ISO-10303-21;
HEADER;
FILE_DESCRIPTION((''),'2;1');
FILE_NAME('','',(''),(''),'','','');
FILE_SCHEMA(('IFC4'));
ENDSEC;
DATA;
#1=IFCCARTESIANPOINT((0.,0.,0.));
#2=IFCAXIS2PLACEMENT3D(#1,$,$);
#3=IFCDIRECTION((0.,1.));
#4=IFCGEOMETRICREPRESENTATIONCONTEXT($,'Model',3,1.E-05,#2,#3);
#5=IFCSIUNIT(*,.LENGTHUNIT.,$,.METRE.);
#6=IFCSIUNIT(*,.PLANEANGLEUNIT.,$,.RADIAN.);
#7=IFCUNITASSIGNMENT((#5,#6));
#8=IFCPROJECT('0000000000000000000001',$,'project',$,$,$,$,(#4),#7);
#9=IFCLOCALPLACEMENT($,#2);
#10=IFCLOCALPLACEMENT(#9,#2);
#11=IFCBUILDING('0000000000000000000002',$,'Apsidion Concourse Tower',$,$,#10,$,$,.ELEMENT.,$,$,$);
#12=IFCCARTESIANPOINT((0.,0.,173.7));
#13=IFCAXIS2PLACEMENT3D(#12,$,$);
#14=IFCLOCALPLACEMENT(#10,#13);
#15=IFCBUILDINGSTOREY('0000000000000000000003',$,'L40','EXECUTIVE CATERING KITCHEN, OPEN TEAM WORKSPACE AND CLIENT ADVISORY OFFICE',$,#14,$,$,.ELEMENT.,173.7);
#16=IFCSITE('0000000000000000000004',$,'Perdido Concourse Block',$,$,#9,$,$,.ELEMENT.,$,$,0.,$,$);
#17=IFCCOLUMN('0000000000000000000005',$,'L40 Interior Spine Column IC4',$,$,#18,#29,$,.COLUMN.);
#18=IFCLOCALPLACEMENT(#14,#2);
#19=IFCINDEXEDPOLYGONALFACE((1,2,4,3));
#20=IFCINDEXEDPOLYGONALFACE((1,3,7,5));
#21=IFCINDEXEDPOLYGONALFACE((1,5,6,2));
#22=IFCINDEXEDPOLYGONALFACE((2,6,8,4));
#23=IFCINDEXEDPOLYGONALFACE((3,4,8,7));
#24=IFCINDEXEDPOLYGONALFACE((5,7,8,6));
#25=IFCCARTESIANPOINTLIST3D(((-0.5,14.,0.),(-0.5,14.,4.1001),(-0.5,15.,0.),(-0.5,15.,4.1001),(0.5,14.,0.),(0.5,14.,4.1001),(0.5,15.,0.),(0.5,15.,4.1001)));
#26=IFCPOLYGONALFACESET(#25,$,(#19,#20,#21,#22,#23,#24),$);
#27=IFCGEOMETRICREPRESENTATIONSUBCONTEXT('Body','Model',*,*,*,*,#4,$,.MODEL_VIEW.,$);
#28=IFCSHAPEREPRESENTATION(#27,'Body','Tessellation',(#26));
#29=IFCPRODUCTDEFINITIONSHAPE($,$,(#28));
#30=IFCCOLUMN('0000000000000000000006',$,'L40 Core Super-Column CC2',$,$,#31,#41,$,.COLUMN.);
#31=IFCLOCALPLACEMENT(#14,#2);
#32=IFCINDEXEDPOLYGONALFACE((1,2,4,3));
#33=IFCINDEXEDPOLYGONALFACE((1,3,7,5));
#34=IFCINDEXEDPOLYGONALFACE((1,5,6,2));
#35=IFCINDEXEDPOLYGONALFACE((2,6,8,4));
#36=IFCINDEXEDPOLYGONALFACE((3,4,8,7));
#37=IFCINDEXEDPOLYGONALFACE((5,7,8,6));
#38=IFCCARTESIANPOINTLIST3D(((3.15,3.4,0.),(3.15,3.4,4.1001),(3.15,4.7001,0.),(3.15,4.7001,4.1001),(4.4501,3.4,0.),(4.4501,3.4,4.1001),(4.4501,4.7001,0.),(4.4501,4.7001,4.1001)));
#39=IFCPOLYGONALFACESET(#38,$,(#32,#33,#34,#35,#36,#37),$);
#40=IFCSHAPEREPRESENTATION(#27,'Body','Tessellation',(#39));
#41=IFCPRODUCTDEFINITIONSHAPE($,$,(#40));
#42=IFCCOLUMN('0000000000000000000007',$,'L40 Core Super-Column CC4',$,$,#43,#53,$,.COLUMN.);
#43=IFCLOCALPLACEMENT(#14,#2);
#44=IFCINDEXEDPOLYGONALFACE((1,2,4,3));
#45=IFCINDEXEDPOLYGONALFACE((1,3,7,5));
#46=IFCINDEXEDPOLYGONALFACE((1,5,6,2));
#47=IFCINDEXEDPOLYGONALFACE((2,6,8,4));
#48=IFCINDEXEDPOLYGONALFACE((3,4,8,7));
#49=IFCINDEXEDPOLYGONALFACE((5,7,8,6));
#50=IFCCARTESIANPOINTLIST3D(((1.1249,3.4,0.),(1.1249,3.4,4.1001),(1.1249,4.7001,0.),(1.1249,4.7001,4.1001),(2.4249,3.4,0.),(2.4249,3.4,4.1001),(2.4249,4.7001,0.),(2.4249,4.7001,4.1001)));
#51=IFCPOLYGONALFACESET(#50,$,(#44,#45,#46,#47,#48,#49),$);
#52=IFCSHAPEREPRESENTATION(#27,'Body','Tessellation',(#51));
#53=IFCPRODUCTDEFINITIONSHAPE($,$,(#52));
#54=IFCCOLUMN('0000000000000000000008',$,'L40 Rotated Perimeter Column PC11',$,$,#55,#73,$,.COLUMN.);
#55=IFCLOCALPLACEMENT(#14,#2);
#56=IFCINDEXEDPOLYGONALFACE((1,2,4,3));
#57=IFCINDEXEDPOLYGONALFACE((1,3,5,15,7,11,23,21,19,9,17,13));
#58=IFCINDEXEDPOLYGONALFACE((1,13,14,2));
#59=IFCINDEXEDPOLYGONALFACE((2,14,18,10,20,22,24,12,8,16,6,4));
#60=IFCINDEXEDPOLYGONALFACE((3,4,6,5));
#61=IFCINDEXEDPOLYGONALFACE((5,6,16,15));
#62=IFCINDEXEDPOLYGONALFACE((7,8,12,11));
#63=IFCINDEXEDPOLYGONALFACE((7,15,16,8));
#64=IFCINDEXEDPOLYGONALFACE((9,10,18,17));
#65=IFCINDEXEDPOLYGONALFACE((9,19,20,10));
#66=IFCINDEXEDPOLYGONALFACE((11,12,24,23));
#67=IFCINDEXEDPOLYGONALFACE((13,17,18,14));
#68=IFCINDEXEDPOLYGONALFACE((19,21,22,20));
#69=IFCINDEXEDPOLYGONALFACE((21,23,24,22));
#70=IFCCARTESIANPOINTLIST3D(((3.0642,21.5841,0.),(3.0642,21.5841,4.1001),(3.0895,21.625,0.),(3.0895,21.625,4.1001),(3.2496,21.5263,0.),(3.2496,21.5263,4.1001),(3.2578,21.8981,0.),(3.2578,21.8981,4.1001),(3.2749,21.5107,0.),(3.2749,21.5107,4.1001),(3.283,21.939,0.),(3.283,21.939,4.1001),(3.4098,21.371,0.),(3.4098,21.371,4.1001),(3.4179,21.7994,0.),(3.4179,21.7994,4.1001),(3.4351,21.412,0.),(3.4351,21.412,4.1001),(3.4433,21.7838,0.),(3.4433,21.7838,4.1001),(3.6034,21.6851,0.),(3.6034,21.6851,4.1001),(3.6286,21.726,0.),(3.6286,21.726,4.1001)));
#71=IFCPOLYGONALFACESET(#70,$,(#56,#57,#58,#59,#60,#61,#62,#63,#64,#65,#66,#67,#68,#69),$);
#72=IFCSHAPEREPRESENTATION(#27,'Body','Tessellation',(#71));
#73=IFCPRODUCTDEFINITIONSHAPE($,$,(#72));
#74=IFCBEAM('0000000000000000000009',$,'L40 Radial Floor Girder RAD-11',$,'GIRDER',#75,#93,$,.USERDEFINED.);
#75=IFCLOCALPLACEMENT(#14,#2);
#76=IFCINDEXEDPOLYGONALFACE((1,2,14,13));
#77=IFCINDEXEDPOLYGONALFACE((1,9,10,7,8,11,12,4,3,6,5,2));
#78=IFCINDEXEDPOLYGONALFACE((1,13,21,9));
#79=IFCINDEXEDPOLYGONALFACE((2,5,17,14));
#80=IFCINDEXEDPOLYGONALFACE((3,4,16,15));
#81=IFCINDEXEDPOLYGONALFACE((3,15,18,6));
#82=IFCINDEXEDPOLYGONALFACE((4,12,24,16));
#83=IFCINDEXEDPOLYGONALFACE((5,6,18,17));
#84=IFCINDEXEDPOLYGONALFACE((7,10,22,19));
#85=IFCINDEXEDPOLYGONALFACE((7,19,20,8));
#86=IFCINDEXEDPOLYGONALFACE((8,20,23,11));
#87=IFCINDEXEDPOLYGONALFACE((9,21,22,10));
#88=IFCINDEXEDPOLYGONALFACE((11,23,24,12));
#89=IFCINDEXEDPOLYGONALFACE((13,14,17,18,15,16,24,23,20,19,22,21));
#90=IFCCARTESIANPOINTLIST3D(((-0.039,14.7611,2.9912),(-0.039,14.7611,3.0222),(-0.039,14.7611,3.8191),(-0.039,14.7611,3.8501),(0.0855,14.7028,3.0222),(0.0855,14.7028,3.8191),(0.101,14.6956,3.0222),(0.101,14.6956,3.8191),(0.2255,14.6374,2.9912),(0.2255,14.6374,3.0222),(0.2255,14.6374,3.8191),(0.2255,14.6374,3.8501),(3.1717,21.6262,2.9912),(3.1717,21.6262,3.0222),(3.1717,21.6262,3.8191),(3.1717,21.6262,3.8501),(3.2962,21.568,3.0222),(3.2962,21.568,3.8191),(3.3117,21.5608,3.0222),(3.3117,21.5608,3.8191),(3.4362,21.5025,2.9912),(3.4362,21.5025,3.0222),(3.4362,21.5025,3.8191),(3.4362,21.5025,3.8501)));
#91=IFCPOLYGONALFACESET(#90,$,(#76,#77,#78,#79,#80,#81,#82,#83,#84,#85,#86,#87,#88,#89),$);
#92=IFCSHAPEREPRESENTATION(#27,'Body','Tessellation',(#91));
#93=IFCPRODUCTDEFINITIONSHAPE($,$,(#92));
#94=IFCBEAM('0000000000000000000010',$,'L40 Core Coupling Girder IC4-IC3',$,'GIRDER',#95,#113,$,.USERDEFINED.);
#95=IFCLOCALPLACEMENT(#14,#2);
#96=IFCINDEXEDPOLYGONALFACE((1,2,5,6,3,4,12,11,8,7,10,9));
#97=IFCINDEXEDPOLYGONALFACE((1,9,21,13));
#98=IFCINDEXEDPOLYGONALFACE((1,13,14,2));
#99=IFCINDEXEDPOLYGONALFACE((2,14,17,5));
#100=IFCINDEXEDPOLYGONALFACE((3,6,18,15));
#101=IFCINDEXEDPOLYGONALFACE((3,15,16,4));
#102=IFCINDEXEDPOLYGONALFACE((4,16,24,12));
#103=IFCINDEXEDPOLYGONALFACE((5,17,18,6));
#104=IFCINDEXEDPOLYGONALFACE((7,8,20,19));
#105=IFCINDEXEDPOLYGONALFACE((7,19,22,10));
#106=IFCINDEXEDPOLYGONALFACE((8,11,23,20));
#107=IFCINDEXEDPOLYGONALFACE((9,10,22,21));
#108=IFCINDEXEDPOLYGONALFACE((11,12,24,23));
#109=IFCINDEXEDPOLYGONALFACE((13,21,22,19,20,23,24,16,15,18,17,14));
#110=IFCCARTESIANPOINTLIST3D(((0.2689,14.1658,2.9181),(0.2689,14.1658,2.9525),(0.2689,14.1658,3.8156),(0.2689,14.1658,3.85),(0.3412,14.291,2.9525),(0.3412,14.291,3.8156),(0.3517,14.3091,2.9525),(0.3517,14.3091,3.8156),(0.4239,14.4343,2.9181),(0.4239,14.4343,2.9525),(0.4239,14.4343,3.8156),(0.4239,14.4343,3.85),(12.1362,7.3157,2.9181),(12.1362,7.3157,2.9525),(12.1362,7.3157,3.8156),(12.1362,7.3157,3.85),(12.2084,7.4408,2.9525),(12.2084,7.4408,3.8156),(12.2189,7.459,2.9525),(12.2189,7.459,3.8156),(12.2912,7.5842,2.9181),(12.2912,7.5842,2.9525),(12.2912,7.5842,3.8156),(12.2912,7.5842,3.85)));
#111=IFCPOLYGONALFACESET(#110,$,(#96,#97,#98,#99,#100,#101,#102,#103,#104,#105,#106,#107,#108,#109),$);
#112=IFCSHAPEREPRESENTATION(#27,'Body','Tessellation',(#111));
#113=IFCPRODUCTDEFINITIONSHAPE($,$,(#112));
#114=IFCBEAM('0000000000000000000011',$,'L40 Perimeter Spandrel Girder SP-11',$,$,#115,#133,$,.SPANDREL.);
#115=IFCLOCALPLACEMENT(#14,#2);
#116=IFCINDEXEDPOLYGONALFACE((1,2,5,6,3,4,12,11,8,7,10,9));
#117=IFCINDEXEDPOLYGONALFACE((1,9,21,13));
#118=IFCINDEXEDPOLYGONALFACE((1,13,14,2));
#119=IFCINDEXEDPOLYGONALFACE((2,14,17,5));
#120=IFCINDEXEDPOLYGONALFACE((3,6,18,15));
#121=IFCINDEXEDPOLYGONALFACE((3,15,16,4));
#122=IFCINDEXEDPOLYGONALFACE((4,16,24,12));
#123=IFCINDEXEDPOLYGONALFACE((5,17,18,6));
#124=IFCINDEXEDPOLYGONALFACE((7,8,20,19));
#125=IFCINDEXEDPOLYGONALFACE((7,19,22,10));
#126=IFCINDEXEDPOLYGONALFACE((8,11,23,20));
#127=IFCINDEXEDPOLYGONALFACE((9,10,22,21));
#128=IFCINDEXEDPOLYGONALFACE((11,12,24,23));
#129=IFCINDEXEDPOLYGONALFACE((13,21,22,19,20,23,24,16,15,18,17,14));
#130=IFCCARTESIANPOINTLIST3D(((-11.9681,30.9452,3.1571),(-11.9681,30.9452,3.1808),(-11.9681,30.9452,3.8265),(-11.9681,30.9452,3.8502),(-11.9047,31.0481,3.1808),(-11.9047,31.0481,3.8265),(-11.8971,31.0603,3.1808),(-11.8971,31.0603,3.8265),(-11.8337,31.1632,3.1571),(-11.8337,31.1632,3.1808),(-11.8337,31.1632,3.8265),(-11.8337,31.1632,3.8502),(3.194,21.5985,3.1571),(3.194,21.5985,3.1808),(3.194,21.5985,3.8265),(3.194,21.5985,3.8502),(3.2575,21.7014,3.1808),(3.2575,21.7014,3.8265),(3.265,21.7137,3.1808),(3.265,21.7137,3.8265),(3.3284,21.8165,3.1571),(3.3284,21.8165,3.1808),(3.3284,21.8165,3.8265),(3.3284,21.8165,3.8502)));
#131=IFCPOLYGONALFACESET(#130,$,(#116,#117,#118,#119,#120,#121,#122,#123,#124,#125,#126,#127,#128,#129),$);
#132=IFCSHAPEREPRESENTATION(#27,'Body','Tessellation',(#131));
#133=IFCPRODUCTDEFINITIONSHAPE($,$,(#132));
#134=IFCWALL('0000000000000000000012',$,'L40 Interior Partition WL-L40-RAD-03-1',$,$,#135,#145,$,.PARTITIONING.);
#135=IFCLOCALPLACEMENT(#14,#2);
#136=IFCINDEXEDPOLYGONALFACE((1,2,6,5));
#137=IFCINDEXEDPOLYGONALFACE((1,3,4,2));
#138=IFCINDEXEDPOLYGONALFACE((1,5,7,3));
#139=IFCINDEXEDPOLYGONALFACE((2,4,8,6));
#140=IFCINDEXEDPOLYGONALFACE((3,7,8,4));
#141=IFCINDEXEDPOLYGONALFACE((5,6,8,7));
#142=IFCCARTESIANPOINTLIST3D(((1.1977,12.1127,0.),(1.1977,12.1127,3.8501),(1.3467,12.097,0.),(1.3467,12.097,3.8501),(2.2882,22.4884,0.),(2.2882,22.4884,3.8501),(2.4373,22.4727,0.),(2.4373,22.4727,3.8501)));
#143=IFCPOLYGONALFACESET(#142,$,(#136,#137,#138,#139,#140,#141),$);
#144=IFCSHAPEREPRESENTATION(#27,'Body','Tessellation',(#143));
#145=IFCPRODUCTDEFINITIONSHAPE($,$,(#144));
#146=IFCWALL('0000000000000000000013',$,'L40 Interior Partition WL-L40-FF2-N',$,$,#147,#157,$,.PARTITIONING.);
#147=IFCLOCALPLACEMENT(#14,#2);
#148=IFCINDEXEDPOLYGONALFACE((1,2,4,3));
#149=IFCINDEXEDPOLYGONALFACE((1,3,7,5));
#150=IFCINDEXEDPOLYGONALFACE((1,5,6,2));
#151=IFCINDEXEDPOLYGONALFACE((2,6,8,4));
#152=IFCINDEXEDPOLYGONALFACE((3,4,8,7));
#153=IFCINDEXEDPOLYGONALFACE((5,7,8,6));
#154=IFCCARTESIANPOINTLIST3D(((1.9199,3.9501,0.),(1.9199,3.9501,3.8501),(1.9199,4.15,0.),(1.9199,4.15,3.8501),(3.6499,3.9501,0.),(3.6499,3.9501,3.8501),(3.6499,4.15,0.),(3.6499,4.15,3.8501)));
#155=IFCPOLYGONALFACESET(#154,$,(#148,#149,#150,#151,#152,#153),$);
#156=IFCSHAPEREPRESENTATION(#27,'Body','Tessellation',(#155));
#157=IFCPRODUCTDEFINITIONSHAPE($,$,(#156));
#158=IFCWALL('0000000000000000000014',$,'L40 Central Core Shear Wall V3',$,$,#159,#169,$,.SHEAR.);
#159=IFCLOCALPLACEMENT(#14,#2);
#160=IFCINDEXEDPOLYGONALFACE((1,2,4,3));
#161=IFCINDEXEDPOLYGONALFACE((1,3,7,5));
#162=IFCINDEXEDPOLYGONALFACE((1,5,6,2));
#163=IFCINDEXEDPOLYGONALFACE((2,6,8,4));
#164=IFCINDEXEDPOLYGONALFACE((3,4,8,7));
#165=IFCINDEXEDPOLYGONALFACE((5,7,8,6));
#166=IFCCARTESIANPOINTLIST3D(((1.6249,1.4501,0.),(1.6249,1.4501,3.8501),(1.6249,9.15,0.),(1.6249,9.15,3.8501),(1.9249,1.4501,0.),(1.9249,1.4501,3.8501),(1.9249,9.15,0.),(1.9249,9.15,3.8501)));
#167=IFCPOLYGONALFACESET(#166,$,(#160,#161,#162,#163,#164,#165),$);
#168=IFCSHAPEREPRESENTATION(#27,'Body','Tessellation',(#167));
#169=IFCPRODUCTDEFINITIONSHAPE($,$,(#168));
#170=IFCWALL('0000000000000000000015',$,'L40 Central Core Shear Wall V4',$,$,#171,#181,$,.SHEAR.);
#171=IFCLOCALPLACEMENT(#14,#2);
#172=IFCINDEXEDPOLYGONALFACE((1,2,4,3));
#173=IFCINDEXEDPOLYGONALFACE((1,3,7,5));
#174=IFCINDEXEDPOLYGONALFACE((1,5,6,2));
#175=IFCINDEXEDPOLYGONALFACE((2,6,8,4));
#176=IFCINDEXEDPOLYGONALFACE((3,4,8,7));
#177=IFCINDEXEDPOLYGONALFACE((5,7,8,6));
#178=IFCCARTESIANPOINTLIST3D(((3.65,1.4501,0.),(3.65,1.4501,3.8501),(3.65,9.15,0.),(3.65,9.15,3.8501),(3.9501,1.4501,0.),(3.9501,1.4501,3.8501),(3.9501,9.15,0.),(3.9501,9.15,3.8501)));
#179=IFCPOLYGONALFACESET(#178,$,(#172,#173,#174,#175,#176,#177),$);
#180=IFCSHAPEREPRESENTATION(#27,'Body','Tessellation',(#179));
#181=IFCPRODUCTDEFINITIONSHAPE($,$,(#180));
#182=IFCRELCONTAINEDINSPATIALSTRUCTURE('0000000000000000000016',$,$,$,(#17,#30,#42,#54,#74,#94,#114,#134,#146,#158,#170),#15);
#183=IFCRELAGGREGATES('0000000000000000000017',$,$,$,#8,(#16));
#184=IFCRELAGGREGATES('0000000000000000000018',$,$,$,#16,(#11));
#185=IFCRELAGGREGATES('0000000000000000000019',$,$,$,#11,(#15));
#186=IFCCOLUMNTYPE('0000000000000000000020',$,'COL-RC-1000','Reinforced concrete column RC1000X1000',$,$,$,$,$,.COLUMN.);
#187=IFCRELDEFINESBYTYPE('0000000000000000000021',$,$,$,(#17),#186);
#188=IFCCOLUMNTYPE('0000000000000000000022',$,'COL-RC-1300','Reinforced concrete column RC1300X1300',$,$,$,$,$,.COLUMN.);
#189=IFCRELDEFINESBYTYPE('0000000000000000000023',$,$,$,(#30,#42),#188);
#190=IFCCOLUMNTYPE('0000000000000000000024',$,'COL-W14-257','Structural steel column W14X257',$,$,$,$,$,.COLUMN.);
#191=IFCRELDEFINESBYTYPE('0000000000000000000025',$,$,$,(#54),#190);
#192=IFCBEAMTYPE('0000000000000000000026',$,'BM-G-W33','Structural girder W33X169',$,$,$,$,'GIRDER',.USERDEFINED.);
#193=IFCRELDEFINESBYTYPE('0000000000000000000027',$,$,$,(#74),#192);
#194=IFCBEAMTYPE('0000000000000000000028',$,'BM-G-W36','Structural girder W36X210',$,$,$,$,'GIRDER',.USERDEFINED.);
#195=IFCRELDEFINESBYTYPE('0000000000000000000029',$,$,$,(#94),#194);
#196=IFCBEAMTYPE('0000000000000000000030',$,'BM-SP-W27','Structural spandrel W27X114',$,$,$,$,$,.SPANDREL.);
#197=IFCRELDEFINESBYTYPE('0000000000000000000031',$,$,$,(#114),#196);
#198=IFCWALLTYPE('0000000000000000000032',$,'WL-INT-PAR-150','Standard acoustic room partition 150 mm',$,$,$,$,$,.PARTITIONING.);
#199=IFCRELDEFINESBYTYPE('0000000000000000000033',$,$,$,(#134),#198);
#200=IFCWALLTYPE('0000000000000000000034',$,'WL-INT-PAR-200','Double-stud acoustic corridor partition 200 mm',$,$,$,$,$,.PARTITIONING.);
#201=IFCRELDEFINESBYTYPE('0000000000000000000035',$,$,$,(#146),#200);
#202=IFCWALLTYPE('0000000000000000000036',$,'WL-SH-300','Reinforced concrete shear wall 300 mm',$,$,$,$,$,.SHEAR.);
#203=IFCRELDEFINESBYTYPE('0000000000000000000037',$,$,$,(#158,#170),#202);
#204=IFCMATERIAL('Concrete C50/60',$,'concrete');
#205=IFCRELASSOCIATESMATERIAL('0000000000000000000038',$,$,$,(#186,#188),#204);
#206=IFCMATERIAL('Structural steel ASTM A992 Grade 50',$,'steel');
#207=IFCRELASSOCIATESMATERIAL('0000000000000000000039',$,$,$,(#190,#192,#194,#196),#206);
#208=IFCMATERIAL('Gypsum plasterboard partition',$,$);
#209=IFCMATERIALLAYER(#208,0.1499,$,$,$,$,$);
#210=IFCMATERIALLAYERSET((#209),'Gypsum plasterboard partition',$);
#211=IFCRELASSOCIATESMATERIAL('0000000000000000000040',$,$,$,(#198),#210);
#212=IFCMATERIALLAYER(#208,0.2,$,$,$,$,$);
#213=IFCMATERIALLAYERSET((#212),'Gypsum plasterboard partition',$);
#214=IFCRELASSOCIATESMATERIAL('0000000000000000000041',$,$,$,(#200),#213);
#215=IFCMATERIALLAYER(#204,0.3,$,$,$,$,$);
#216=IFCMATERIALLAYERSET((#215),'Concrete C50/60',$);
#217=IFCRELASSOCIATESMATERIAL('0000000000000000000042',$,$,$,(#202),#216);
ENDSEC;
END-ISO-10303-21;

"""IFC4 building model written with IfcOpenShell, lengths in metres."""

from ifc_helpers import new_model, si_unit, direction, frame, frame_2d, origin, origin_2d, place, context, subcontext, project, spatial, rectangle, i_section, extrude, material, layer, layer_set, material_profile, profile_set, type_object, element, save


model = new_model("IFC4")

# Units and contexts
model_context = context("Model", 3, precision=1e-05, world=origin(), true_north=direction((0.0, 1.0)))
body_context = subcontext(model_context, "Body", "Model", "MODEL_VIEW")
ifc_project = project(units=[si_unit("LENGTHUNIT", "METRE"), si_unit("PLANEANGLEUNIT", "RADIAN")], contexts=[model_context])

# Site, building, storey
site_placement = place(None, origin())
site = spatial("IfcSite", under=ifc_project, at=site_placement, Name="Perdido Concourse Block", CompositionType="ELEMENT", RefElevation=0.0)
building_placement = place(site_placement, origin())
building = spatial("IfcBuilding", under=site, at=building_placement, Name="Apsidion Concourse Tower", CompositionType="ELEMENT")
storey_placement = place(building_placement, frame((0.0, 0.0, 173.7)))
storey = spatial("IfcBuildingStorey", under=building, at=storey_placement, Name="L40", Description="EXECUTIVE CATERING KITCHEN, OPEN TEAM WORKSPACE AND CLIENT ADVISORY OFFICE", CompositionType="ELEMENT", Elevation=173.7)

# Columns
ifc_material_1 = material(Name="Concrete C50/60", Category="concrete")
ifc_material_profile_1 = material_profile(ifc_material_1, rectangle(XDim=1.0, YDim=1.0, at=origin_2d()), Name="RC 1000x1000")
ifc_profile_set_1 = profile_set([ifc_material_profile_1], Name="Concrete C50/60")
column_type_1 = type_object("IfcColumnType", Name="COL-RC-1000", Description="Reinforced concrete column RC1000X1000", PredefinedType="COLUMN", material=ifc_profile_set_1)
column_1_placement = place(storey_placement, frame((0.0, 14.5, 0.0), z_axis=(0.0, 0.0, 1.0), x_axis=(1.0, 0.0, 0.0)))
element("IfcColumn", 1, at=column_1_placement, inside=storey, type_object=column_type_1, Name="L40 Interior Spine Column IC4", PredefinedType="COLUMN", context=body_context, shape_type="SweptSolid", body=[
    extrude(rectangle(XDim=1.0, YDim=1.0, at=origin_2d()), origin(), (0.0, 0.0, 1.0), 4.1001),
])
ifc_material_profile_2 = material_profile(ifc_material_1, rectangle(XDim=1.3, YDim=1.3, at=origin_2d()), Name="RC 1300x1300")
ifc_profile_set_2 = profile_set([ifc_material_profile_2], Name="Concrete C50/60")
column_type_2 = type_object("IfcColumnType", Name="COL-RC-1300", Description="Reinforced concrete column RC1300X1300", PredefinedType="COLUMN", material=ifc_profile_set_2)
for number, where, z_axis, x_axis, name in (
    (2, (3.8, 4.05, 0.0), (0.0, 0.0, 1.0), (1.0, 0.0, 0.0), "L40 Core Super-Column CC2"),
    (3, (1.7749, 4.05, 0.0), (0.0, 0.0, 1.0), (1.0, 0.0, 0.0), "L40 Core Super-Column CC4"),
):
    element("IfcColumn", number, at=place(storey_placement, frame(where, z_axis=z_axis, x_axis=x_axis)), inside=storey, type_object=column_type_2, Name=name, PredefinedType="COLUMN", context=body_context, shape_type="SweptSolid", body=[
        extrude(rectangle(XDim=1.3, YDim=1.3, at=origin_2d()), origin(), (0.0, 0.0, 1.0), 4.1001),
    ])
ifc_material_2 = material(Name="Structural steel ASTM A992 Grade 50", Category="steel")
ifc_material_profile_3 = material_profile(ifc_material_2, i_section(OverallWidth=0.406, OverallDepth=0.417, WebThickness=0.0298, FlangeThickness=0.0481, at=origin_2d()), Name="W14X257")
ifc_profile_set_3 = profile_set([ifc_material_profile_3], Name="Structural steel ASTM A992 Grade 50")
column_type_3 = type_object("IfcColumnType", Name="COL-W14-257", Description="Structural steel column W14X257", PredefinedType="COLUMN", material=ifc_profile_set_3)
column_2_placement = place(storey_placement, frame((3.3464, 21.655, 0.0), z_axis=(0.0, 0.0, 1.0), x_axis=(-0.851269, 0.524729, 0.0)))
element("IfcColumn", 4, at=column_2_placement, inside=storey, type_object=column_type_3, Name="L40 Rotated Perimeter Column PC11", PredefinedType="COLUMN", context=body_context, shape_type="SweptSolid", body=[
    extrude(i_section(OverallWidth=0.406, OverallDepth=0.417, WebThickness=0.0298, FlangeThickness=0.0481, at=origin_2d()), origin(), (0.0, 0.0, 1.0), 4.1001),
])

# Beams
ifc_material_profile_4 = material_profile(ifc_material_2, i_section(OverallWidth=0.292, OverallDepth=0.8589, WebThickness=0.0171, FlangeThickness=0.031, at=origin_2d()), Name="W33X169")
ifc_profile_set_4 = profile_set([ifc_material_profile_4], Name="Structural steel ASTM A992 Grade 50")
beam_type_1 = type_object("IfcBeamType", Name="BM-G-W33", Description="Structural girder W33X169", ElementType="GIRDER", PredefinedType="USERDEFINED", material=ifc_profile_set_4)
beam_1_placement = place(storey_placement, frame((0.0933, 14.6992, 3.4207), z_axis=(0.423635, 0.905833, 0.0), x_axis=(-0.905833, 0.423635, 0.0)))
element("IfcBeam", 5, at=beam_1_placement, inside=storey, type_object=beam_type_1, Name="L40 Radial Floor Girder RAD-11", ObjectType="GIRDER", PredefinedType="USERDEFINED", context=body_context, shape_type="SweptSolid", body=[
    extrude(i_section(OverallWidth=0.292, OverallDepth=0.8589, WebThickness=0.0171, FlangeThickness=0.031, at=origin_2d()), origin(), (0.0, 0.0, 1.0), 7.5789),
])
ifc_material_profile_5 = material_profile(ifc_material_2, i_section(OverallWidth=0.3101, OverallDepth=0.9319, WebThickness=0.021, FlangeThickness=0.0344, at=origin_2d()), Name="W36X210")
ifc_profile_set_5 = profile_set([ifc_material_profile_5], Name="Structural steel ASTM A992 Grade 50")
beam_type_2 = type_object("IfcBeamType", Name="BM-G-W36", Description="Structural girder W36X210", ElementType="GIRDER", PredefinedType="USERDEFINED", material=ifc_profile_set_5)
beam_2_placement = place(storey_placement, frame((0.3464, 14.3, 3.384), z_axis=(0.86607, -0.499922, 0.0), x_axis=(0.499922, 0.86607, 0.0)))
element("IfcBeam", 6, at=beam_2_placement, inside=storey, type_object=beam_type_2, Name="L40 Core Coupling Girder IC4-IC3", ObjectType="GIRDER", PredefinedType="USERDEFINED", context=body_context, shape_type="SweptSolid", body=[
    extrude(i_section(OverallWidth=0.3101, OverallDepth=0.9319, WebThickness=0.021, FlangeThickness=0.0344, at=origin_2d()), origin(), (0.0, 0.0, 1.0), 13.7024),
])
ifc_material_profile_6 = material_profile(ifc_material_2, i_section(OverallWidth=0.2561, OverallDepth=0.6931, WebThickness=0.0144, FlangeThickness=0.0237, at=origin_2d()), Name="W27X114")
ifc_profile_set_6 = profile_set([ifc_material_profile_6], Name="Structural steel ASTM A992 Grade 50")
beam_type_3 = type_object("IfcBeamType", Name="BM-SP-W27", Description="Structural spandrel W27X114", PredefinedType="SPANDREL", material=ifc_profile_set_6)
beam_3_placement = place(storey_placement, frame((3.2612, 21.7075, 3.5037), z_axis=(-0.851253, 0.524755, 0.0), x_axis=(-0.524755, -0.851253, 0.0)))
element("IfcBeam", 7, at=beam_3_placement, inside=storey, type_object=beam_type_3, Name="L40 Perimeter Spandrel Girder SP-11", PredefinedType="SPANDREL", context=body_context, shape_type="SweptSolid", body=[
    extrude(i_section(OverallWidth=0.2561, OverallDepth=0.6931, WebThickness=0.0144, FlangeThickness=0.0237, at=origin_2d()), origin(), (0.0, 0.0, 1.0), 17.8115),
])

# Walls
ifc_material_3 = material(Name="Gypsum plasterboard partition")
ifc_layer_1 = layer(ifc_material_3, 0.1499)
ifc_layer_set_1 = layer_set([ifc_layer_1], Name="Gypsum plasterboard partition")
wall_type_1 = type_object("IfcWallType", Name="WL-INT-PAR-150", Description="Standard acoustic room partition 150 mm", PredefinedType="PARTITIONING", material=ifc_layer_set_1)
wall_1_placement = place(storey_placement, frame((1.2722, 12.105, 0.0), z_axis=(0.0, 0.0, 1.0), x_axis=(0.104533, 0.994521, 0.0)))
element("IfcWall", 8, at=wall_1_placement, inside=storey, type_object=wall_type_1, Name="L40 Interior Partition WL-L40-RAD-03-1", PredefinedType="PARTITIONING", context=body_context, shape_type="SweptSolid", body=[
    extrude(rectangle(XDim=10.4329, YDim=0.1499, at=frame_2d((5.2163, 0.0))), origin(), (0.0, 0.0, 1.0), 3.8501),
])
ifc_layer_2 = layer(ifc_material_3, 0.2)
ifc_layer_set_2 = layer_set([ifc_layer_2], Name="Gypsum plasterboard partition")
wall_type_2 = type_object("IfcWallType", Name="WL-INT-PAR-200", Description="Double-stud acoustic corridor partition 200 mm", PredefinedType="PARTITIONING", material=ifc_layer_set_2)
wall_2_placement = place(storey_placement, frame((1.9199, 4.05, 0.0), z_axis=(0.0, 0.0, 1.0), x_axis=(1.0, 0.0, 0.0)))
element("IfcWall", 9, at=wall_2_placement, inside=storey, type_object=wall_type_2, Name="L40 Interior Partition WL-L40-FF2-N", PredefinedType="PARTITIONING", context=body_context, shape_type="SweptSolid", body=[
    extrude(rectangle(XDim=1.73, YDim=0.2, at=frame_2d((0.865, 0.0))), origin(), (0.0, 0.0, 1.0), 3.8501),
])
ifc_layer_3 = layer(ifc_material_1, 0.3)
ifc_layer_set_3 = layer_set([ifc_layer_3], Name="Concrete C50/60")
wall_type_3 = type_object("IfcWallType", Name="WL-SH-300", Description="Reinforced concrete shear wall 300 mm", PredefinedType="SHEAR", material=ifc_layer_set_3)
for number, where, z_axis, x_axis, name in (
    (10, (1.7749, 1.45, 0.0), (0.0, 0.0, 1.0), (0.0, 1.0, 0.0), "L40 Central Core Shear Wall V3"),
    (11, (3.8, 1.45, 0.0), (0.0, 0.0, 1.0), (0.0, 1.0, 0.0), "L40 Central Core Shear Wall V4"),
):
    element("IfcWall", number, at=place(storey_placement, frame(where, z_axis=z_axis, x_axis=x_axis)), inside=storey, type_object=wall_type_3, Name=name, PredefinedType="SHEAR", context=body_context, shape_type="SweptSolid", body=[
        extrude(rectangle(XDim=7.7, YDim=0.3, at=frame_2d((3.8501, 0.0))), origin(), (0.0, 0.0, 1.0), 3.8501),
    ])

save(model, "model.ifc")
